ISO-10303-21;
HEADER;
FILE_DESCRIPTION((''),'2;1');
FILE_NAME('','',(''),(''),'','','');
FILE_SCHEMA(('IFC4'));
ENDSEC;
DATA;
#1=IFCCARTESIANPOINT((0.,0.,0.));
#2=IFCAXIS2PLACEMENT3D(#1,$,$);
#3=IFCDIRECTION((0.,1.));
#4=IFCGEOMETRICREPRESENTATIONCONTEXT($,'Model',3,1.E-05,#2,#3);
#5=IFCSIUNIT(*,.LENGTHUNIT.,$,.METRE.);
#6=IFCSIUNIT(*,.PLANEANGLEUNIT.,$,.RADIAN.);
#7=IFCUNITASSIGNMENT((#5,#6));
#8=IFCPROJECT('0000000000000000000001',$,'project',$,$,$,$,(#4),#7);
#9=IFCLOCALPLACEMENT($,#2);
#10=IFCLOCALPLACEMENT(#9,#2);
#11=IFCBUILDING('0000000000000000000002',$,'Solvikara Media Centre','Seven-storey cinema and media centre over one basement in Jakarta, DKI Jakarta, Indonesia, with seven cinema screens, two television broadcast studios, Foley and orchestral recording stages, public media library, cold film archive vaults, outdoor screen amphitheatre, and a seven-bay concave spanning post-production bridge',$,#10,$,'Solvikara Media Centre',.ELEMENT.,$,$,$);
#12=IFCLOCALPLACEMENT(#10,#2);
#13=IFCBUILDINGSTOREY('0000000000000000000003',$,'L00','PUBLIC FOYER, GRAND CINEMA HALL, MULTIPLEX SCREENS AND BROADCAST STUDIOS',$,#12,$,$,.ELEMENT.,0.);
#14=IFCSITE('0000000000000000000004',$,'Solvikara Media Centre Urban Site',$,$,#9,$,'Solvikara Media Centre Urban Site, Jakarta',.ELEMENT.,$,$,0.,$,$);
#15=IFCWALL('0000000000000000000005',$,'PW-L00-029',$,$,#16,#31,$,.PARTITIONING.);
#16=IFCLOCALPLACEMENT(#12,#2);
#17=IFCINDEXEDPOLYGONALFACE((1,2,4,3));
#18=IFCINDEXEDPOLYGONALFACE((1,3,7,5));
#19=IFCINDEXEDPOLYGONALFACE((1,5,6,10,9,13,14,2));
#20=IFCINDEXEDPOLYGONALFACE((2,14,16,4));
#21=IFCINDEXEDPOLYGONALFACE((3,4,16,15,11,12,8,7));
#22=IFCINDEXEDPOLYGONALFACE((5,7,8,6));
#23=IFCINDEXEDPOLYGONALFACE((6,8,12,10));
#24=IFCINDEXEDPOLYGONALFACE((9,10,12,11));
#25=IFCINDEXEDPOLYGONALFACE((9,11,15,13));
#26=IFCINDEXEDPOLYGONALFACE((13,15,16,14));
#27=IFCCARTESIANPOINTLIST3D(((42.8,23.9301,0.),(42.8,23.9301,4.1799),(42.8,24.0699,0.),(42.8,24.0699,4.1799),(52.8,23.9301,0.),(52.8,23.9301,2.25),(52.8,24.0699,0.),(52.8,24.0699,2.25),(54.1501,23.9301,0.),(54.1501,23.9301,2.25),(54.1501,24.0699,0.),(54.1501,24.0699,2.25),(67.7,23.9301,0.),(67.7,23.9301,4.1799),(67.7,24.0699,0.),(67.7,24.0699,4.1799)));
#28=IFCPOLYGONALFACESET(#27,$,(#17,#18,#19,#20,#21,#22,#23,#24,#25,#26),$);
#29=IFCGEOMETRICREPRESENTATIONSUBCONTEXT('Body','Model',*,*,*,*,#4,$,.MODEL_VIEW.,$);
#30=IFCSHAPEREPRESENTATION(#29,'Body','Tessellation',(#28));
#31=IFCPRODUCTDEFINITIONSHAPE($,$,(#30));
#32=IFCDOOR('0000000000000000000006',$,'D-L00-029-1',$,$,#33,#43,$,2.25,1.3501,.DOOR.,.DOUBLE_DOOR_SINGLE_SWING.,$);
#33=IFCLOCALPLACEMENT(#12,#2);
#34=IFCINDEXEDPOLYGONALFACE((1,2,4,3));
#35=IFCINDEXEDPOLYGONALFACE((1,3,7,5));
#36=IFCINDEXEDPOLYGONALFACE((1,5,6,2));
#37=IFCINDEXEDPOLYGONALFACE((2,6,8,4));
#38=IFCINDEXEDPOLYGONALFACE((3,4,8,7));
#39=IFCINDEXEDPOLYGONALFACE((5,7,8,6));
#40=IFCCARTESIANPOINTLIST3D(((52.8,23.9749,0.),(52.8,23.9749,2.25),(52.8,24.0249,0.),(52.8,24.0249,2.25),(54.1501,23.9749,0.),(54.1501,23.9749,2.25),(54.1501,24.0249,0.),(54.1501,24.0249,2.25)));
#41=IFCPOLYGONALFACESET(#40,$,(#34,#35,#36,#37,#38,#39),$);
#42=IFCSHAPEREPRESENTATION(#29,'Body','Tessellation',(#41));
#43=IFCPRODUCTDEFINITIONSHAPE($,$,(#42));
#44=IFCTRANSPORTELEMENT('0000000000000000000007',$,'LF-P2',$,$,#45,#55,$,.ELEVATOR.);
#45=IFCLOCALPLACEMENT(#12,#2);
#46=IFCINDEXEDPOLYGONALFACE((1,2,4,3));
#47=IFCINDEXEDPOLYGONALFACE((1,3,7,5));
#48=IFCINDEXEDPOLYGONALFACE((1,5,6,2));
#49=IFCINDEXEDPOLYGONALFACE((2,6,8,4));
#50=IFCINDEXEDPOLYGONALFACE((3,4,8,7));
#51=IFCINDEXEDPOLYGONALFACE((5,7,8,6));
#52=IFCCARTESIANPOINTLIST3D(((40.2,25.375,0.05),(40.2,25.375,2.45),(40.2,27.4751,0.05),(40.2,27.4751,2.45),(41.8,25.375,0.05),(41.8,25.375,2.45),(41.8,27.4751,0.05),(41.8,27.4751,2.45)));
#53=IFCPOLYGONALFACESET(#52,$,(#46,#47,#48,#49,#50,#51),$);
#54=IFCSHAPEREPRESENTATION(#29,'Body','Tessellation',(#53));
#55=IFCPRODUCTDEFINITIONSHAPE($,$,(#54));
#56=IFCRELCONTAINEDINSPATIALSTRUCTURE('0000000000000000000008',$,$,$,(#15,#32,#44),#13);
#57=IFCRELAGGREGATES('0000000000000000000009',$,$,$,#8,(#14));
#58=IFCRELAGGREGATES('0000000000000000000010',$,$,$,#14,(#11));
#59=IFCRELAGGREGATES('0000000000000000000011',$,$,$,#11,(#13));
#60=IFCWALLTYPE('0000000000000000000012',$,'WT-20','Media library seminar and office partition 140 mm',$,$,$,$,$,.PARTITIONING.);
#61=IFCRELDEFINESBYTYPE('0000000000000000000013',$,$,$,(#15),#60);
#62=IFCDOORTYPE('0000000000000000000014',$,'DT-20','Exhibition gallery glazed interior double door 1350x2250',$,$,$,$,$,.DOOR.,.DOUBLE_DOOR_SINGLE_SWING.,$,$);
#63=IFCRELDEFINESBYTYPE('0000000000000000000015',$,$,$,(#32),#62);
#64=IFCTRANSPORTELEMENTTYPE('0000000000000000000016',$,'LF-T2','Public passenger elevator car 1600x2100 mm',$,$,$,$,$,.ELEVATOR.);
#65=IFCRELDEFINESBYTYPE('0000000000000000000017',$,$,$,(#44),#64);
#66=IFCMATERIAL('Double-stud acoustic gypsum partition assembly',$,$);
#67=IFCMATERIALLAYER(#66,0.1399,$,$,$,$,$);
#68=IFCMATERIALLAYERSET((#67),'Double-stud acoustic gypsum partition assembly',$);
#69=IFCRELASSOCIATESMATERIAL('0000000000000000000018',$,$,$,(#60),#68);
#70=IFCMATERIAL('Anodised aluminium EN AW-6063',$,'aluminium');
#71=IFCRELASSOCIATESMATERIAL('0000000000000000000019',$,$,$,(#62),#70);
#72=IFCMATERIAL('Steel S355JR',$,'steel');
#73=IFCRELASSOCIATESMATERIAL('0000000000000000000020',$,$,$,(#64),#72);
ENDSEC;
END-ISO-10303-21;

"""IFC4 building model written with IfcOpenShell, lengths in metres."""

from ifc_helpers import new_model, si_unit, direction, frame, frame_2d, origin, origin_2d, place, context, subcontext, project, spatial, rectangle, extrude, material, layer, layer_set, type_object, element, fill, save


model = new_model("IFC4")

# Units and contexts
model_context = context("Model", 3, precision=1e-05, world=origin(), true_north=direction((0.0, 1.0)))
body_context = subcontext(model_context, "Body", "Model", "MODEL_VIEW")
ifc_project = project(units=[si_unit("LENGTHUNIT", "METRE"), si_unit("PLANEANGLEUNIT", "RADIAN")], contexts=[model_context])

# Site, building, storey
site_placement = place(None, origin())
site = spatial("IfcSite", under=ifc_project, at=site_placement, Name="Solvikara Media Centre Urban Site", LongName="Solvikara Media Centre Urban Site, Jakarta", CompositionType="ELEMENT", RefElevation=0.0)
building_placement = place(site_placement, origin())
building = spatial("IfcBuilding", under=site, at=building_placement, Name="Solvikara Media Centre", Description="Seven-storey cinema and media centre over one basement in Jakarta, DKI Jakarta, Indonesia, with seven cinema screens, two television broadcast studios, Foley and orchestral recording stages, public media library, cold film archive vaults, outdoor screen amphitheatre, and a seven-bay concave spanning post-production bridge", LongName="Solvikara Media Centre", CompositionType="ELEMENT")
storey_placement = place(building_placement, origin())
storey = spatial("IfcBuildingStorey", under=building, at=storey_placement, Name="L00", Description="PUBLIC FOYER, GRAND CINEMA HALL, MULTIPLEX SCREENS AND BROADCAST STUDIOS", CompositionType="ELEMENT", Elevation=0.0)

# Shared definitions
ifc_material_1 = material(Name="Steel S355JR", Category="steel")

# Wall, opening, door
ifc_material_2 = material(Name="Double-stud acoustic gypsum partition assembly")
ifc_layer_1 = layer(ifc_material_2, 0.1399)
ifc_layer_set_1 = layer_set([ifc_layer_1], Name="Double-stud acoustic gypsum partition assembly")
wall_type_1 = type_object("IfcWallType", Name="WT-20", Description="Media library seminar and office partition 140 mm", PredefinedType="PARTITIONING", material=ifc_layer_set_1)
wall_1_placement = place(storey_placement, frame((42.8, 24.0, 0.0), z_axis=(0.0, 0.0, 1.0), x_axis=(1.0, 0.0, 0.0)))
wall_1 = element("IfcWall", 1, at=wall_1_placement, inside=storey, type_object=wall_type_1, Name="PW-L00-029", PredefinedType="PARTITIONING", context=body_context, shape_type="SweptSolid", body=[
    extrude(rectangle(XDim=24.8999, YDim=0.1399, at=frame_2d((12.45, 0.0))), origin(), (0.0, 0.0, 1.0), 4.1799),
])
opening_1_placement = place(wall_1_placement, frame((10.0, 0.0, 0.0)))
opening_1 = element("IfcOpeningElement", 2, at=opening_1_placement, cuts=wall_1, PredefinedType="OPENING", context=body_context, shape_type="SweptSolid", body=[
    extrude(rectangle(XDim=1.3501, YDim=2.25, at=frame_2d((0.675, 1.125))), frame((0.0, 0.082, 0.0), z_axis=(0.0, -1.0, 0.0), x_axis=(1.0, 0.0, 0.0)), (0.0, 0.0, 1.0), 0.1638),
])
ifc_material_3 = material(Name="Anodised aluminium EN AW-6063", Category="aluminium")
door_type_1 = type_object("IfcDoorType", Name="DT-20", Description="Exhibition gallery glazed interior double door 1350x2250", OperationType="DOUBLE_DOOR_SINGLE_SWING", PredefinedType="DOOR", material=ifc_material_3)
door_1_placement = place(opening_1_placement, origin())
door_1 = element("IfcDoor", 3, at=door_1_placement, inside=storey, type_object=door_type_1, Name="D-L00-029-1", OperationType="DOUBLE_DOOR_SINGLE_SWING", OverallHeight=2.25, OverallWidth=1.3501, PredefinedType="DOOR", context=body_context, shape_type="SweptSolid", body=[
    extrude(rectangle(XDim=1.3501, YDim=2.25, at=frame_2d((0.675, 1.125))), frame((0.0, 0.0249, 0.0), z_axis=(0.0, -1.0, 0.0), x_axis=(1.0, 0.0, 0.0)), (0.0, 0.0, 1.0), 0.05),
])
fill(opening_1, door_1)

# Transport element
transport_element_type = type_object("IfcTransportElementType", Name="LF-T2", Description="Public passenger elevator car 1600x2100 mm", PredefinedType="ELEVATOR", material=ifc_material_1)
transport_element_placement = place(storey_placement, frame((41.0, 26.425, 0.05), z_axis=(0.0, 0.0, 1.0), x_axis=(1.0, 0.0, 0.0)))
element("IfcTransportElement", 4, at=transport_element_placement, inside=storey, type_object=transport_element_type, Name="LF-P2", PredefinedType="ELEVATOR", context=body_context, shape_type="SweptSolid", body=[
    extrude(rectangle(XDim=1.6001, YDim=2.1001, at=origin_2d()), origin(), (0.0, 0.0, 1.0), 2.3999),
])

save(model, "model.ifc")
